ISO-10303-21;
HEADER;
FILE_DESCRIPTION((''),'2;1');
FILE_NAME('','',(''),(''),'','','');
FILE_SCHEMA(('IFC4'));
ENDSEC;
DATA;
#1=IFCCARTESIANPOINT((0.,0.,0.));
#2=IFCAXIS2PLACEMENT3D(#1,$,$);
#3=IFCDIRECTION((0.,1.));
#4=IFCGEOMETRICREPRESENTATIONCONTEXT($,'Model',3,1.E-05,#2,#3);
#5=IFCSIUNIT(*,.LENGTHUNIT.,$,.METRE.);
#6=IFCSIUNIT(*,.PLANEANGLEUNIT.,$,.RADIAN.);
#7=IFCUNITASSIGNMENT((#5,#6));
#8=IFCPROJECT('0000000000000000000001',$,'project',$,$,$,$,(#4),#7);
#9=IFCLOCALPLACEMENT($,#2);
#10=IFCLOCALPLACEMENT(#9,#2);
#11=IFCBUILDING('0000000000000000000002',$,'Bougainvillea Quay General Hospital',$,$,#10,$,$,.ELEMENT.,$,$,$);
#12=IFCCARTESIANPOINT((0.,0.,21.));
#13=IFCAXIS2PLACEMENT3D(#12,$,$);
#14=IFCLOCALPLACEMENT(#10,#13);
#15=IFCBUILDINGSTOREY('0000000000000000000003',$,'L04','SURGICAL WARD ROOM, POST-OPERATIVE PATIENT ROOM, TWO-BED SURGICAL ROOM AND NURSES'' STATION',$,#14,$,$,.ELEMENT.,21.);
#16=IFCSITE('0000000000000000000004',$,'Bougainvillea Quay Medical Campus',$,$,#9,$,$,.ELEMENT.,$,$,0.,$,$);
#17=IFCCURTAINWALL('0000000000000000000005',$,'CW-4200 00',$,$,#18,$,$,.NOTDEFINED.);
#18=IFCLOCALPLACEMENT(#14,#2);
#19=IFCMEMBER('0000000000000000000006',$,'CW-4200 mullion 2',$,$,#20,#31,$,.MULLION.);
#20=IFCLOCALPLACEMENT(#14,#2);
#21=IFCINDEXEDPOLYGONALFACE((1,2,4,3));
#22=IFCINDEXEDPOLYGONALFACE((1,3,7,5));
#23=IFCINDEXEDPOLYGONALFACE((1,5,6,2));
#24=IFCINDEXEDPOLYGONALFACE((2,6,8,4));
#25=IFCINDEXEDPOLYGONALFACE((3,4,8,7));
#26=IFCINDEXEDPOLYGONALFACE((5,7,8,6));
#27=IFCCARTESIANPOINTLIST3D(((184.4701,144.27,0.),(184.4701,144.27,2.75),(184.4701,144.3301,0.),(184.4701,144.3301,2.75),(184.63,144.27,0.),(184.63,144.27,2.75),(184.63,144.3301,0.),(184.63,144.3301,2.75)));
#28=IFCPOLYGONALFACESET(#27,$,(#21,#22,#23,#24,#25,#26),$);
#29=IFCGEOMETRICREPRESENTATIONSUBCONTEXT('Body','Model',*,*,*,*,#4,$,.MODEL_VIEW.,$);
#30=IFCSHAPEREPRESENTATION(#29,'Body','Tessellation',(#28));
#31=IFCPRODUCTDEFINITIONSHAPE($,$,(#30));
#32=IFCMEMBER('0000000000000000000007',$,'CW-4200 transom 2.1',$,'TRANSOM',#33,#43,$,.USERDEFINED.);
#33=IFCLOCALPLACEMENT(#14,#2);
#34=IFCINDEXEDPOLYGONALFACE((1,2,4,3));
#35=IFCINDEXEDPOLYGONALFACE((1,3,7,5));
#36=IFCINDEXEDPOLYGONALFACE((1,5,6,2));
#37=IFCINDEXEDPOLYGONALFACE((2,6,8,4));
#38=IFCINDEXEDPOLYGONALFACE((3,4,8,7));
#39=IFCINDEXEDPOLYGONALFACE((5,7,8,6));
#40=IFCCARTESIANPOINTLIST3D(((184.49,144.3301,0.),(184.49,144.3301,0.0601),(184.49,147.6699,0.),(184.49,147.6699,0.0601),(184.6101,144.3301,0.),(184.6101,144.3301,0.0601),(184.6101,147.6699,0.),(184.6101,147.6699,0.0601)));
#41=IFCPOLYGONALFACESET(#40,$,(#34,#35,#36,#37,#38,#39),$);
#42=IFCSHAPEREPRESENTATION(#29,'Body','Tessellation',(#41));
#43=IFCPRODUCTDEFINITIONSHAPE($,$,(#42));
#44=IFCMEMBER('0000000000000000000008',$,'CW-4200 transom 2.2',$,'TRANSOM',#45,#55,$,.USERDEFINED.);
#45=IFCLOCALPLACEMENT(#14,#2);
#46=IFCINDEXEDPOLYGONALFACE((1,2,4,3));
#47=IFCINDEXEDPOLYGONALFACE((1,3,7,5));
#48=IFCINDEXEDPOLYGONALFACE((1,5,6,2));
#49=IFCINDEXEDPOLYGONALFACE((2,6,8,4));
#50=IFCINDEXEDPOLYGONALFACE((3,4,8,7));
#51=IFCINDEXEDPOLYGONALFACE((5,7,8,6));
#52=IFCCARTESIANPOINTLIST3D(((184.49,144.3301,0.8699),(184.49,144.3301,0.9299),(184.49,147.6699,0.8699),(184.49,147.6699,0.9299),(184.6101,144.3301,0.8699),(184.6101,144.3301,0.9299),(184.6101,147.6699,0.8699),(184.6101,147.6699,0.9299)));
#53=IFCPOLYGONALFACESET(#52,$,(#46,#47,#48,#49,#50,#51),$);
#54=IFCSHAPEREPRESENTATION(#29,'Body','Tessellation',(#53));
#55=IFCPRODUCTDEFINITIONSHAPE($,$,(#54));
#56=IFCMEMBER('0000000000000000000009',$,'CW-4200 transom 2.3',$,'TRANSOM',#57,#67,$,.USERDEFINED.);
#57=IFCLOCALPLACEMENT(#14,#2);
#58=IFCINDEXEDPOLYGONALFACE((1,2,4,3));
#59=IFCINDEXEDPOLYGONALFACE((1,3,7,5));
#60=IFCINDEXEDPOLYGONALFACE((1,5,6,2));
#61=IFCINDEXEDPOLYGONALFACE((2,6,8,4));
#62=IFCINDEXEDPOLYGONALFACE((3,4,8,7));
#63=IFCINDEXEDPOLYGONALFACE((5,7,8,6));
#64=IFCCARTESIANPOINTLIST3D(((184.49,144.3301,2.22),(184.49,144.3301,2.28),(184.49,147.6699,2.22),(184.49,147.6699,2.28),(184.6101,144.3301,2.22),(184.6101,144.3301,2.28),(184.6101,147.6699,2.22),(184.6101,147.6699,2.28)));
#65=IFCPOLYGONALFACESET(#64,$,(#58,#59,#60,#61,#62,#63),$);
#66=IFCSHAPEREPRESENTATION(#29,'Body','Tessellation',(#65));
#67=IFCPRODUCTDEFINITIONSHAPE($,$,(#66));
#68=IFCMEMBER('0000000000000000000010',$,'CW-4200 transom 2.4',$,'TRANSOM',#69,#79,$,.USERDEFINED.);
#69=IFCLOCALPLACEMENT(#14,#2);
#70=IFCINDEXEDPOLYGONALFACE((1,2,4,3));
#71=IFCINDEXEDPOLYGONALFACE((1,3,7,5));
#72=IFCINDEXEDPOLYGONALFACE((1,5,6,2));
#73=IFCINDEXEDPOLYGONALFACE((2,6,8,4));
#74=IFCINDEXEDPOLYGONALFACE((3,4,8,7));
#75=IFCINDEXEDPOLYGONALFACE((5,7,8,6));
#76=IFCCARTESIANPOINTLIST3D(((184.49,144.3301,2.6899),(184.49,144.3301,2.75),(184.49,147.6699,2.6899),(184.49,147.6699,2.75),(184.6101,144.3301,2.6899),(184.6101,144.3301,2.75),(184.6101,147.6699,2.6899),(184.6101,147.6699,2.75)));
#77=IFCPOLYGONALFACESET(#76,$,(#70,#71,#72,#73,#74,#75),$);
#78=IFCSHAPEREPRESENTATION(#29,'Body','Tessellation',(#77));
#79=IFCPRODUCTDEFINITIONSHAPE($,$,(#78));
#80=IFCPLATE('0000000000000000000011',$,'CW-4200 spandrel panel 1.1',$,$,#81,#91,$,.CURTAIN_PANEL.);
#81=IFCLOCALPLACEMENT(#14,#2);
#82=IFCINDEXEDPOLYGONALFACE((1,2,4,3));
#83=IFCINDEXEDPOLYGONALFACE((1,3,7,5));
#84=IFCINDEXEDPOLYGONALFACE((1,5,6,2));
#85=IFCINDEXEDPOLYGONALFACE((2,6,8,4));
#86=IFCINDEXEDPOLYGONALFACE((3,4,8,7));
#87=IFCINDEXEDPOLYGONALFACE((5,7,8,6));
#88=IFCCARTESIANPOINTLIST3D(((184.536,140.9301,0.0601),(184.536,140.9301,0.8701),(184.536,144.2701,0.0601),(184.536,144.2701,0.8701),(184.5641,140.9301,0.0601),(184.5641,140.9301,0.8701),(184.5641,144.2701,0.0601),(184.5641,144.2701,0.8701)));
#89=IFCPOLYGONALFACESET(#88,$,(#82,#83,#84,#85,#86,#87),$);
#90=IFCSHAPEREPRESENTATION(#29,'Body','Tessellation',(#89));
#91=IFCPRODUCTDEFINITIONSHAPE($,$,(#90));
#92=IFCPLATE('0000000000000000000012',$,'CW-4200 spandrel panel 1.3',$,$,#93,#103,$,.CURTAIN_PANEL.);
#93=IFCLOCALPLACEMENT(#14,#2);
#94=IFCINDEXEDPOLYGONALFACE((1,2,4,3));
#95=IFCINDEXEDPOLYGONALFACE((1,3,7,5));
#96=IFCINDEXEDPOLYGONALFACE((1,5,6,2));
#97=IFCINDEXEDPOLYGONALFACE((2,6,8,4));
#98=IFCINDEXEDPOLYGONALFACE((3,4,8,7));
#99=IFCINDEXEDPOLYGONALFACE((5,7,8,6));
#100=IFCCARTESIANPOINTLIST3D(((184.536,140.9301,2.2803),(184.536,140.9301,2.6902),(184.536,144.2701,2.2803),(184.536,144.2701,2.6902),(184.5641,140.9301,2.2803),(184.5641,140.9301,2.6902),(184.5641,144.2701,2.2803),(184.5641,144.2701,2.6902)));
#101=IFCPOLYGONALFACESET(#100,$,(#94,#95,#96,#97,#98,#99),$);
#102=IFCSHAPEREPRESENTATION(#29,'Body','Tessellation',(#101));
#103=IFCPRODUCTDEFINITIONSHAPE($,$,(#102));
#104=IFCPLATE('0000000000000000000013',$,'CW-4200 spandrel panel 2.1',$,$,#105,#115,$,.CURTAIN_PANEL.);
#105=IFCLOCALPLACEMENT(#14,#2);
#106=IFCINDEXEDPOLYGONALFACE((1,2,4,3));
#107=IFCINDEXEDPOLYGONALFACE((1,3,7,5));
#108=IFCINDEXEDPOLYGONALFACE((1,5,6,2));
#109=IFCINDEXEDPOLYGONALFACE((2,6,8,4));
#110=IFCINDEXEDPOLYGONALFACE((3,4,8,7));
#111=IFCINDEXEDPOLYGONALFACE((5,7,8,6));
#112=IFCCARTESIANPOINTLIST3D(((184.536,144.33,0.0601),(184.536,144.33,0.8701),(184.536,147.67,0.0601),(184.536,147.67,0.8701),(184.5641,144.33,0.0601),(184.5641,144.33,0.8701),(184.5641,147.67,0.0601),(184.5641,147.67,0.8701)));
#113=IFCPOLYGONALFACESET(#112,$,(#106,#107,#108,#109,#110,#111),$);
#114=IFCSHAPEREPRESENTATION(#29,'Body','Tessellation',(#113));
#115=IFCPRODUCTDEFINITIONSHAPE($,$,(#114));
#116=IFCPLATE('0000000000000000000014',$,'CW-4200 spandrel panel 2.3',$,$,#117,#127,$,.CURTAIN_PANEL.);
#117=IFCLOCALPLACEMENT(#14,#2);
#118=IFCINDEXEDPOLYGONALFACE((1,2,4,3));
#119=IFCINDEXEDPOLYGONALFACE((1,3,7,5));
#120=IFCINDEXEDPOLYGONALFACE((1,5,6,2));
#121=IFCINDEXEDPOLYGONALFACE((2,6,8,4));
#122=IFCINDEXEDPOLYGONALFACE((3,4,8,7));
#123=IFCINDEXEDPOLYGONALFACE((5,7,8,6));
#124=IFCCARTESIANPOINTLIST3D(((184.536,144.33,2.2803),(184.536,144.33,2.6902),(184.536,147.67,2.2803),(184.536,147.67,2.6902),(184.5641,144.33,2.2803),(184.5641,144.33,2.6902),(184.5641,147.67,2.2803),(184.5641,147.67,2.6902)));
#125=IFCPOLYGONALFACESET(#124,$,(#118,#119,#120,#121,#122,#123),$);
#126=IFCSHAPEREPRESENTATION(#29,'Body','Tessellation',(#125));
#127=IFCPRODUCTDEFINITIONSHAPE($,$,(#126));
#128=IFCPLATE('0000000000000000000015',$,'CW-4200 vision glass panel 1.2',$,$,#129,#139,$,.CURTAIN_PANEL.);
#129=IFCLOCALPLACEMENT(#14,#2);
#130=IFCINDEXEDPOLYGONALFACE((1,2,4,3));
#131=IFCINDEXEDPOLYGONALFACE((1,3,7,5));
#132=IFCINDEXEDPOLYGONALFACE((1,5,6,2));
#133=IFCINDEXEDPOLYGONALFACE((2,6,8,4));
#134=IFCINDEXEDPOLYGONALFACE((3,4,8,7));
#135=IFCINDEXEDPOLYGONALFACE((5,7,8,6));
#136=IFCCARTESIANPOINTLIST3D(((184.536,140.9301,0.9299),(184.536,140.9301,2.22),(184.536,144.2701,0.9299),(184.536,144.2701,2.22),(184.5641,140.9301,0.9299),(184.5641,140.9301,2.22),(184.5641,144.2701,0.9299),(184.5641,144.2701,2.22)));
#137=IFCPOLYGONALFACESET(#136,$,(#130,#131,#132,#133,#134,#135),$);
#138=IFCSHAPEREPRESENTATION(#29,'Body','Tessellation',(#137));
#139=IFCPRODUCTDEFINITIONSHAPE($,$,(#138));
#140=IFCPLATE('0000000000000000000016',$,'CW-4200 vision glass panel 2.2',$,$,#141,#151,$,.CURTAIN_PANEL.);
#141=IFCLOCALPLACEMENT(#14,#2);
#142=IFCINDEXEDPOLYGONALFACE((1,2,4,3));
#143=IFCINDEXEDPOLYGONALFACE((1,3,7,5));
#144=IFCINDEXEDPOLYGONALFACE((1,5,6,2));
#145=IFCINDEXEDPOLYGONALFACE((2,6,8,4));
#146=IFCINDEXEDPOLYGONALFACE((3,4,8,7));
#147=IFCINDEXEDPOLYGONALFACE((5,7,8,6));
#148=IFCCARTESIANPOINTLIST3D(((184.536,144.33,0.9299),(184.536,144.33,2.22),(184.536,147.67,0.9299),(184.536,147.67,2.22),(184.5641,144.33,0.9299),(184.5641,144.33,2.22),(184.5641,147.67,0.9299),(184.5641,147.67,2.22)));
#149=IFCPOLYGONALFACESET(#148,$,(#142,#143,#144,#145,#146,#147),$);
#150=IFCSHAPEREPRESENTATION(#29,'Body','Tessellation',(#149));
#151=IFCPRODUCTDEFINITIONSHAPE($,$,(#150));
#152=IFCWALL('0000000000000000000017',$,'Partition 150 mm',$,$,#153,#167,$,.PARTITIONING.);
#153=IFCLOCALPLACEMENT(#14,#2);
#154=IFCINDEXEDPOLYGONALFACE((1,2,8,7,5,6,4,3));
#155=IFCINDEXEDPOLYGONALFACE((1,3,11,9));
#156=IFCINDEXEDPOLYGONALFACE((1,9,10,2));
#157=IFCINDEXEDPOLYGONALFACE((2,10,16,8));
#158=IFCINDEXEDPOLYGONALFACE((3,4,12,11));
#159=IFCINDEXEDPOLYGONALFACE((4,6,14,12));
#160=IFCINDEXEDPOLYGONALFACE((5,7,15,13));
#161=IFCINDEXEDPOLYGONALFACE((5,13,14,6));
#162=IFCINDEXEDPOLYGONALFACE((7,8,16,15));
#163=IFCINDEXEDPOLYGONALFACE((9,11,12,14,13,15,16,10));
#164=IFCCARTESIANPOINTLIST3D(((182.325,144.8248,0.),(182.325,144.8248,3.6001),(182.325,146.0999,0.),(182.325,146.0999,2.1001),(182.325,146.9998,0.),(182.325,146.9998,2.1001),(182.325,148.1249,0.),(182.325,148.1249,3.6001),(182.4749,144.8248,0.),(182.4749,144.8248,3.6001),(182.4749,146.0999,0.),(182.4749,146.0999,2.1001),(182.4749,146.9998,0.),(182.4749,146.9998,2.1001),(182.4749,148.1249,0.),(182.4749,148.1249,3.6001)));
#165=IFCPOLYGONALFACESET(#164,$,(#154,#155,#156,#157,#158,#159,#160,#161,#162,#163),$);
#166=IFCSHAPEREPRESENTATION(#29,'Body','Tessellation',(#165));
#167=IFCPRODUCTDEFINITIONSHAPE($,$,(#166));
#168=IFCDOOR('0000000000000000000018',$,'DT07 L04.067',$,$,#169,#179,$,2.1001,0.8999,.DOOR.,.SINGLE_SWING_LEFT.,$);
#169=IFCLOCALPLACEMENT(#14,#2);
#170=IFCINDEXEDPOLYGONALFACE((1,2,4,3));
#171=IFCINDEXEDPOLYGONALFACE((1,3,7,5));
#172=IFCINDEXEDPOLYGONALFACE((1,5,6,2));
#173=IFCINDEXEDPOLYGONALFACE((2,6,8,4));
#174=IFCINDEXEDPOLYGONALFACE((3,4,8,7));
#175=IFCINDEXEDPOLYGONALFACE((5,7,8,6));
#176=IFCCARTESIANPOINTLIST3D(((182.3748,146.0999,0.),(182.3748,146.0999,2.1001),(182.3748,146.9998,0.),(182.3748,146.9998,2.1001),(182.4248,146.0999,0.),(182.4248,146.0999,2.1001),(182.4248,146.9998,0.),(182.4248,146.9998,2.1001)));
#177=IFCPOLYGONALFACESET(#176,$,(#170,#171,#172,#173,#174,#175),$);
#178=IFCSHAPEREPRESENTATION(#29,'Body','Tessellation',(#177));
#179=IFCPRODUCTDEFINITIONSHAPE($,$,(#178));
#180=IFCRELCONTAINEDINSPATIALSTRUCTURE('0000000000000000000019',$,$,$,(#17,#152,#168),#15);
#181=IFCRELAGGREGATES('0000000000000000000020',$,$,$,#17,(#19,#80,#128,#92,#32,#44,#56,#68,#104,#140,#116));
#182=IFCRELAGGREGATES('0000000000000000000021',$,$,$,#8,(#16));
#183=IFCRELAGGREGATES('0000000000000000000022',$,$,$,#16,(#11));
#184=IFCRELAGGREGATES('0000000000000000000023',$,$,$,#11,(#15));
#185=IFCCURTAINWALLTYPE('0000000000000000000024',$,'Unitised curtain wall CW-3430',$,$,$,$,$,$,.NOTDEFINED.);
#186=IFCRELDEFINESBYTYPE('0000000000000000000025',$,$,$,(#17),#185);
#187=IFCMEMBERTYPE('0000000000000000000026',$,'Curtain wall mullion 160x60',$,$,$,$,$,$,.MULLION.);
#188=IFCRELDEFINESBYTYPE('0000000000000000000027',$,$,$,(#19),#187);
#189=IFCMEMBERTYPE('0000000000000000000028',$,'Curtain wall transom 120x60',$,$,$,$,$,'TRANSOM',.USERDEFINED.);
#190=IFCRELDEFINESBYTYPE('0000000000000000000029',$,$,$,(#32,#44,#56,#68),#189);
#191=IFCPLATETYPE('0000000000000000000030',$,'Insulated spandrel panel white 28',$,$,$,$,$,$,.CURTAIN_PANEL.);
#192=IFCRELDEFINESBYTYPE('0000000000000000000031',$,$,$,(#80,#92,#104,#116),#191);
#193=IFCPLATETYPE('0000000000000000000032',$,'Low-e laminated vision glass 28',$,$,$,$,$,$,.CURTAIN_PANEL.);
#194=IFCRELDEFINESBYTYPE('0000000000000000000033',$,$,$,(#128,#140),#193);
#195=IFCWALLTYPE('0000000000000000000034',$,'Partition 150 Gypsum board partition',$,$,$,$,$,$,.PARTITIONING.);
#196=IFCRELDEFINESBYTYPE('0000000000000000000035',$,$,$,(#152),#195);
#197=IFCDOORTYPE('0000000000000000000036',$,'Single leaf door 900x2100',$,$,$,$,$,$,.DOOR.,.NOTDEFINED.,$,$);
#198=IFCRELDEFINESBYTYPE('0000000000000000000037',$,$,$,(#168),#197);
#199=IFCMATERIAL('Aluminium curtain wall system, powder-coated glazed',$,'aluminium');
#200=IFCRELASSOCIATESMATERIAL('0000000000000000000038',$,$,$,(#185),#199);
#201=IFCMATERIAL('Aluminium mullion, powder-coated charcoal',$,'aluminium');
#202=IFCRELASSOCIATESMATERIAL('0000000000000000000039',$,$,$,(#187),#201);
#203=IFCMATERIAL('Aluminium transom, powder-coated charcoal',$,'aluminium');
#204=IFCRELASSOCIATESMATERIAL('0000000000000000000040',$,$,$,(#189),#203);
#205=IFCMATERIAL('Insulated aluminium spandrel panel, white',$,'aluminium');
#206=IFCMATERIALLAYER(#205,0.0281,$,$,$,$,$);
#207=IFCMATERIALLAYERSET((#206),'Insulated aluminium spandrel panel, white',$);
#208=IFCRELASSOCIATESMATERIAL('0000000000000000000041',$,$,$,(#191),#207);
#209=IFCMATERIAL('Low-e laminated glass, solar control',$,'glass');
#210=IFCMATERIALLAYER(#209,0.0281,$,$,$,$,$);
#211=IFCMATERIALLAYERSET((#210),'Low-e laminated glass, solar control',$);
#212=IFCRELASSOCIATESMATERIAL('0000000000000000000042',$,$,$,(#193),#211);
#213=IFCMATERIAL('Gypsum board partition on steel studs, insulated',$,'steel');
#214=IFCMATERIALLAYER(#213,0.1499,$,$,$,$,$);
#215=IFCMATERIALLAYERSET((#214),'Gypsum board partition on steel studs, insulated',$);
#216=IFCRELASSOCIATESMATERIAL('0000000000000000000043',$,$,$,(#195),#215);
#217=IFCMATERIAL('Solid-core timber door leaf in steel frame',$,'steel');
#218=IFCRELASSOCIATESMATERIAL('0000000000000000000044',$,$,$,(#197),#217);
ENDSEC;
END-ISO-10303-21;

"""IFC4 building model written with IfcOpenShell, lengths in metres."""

from ifc_helpers import new_model, si_unit, direction, frame, frame_2d, origin, origin_2d, place, context, subcontext, project, spatial, rectangle, extrude, material, layer, layer_set, material_profile, profile_set, type_object, element, fill, aggregate, save


model = new_model("IFC4")

# Units and contexts
model_context = context("Model", 3, precision=1e-05, world=origin(), true_north=direction((0.0, 1.0)))
body_context = subcontext(model_context, "Body", "Model", "MODEL_VIEW")
ifc_project = project(units=[si_unit("LENGTHUNIT", "METRE"), si_unit("PLANEANGLEUNIT", "RADIAN")], contexts=[model_context])

# Site, building, storey
site_placement = place(None, origin())
site = spatial("IfcSite", under=ifc_project, at=site_placement, Name="Bougainvillea Quay Medical Campus", CompositionType="ELEMENT", RefElevation=0.0)
building_placement = place(site_placement, origin())
building = spatial("IfcBuilding", under=site, at=building_placement, Name="Bougainvillea Quay General Hospital", CompositionType="ELEMENT")
storey_placement = place(building_placement, frame((0.0, 0.0, 21.0)))
storey = spatial("IfcBuildingStorey", under=building, at=storey_placement, Name="L04", Description="SURGICAL WARD ROOM, POST-OPERATIVE PATIENT ROOM, TWO-BED SURGICAL ROOM AND NURSES' STATION", CompositionType="ELEMENT", Elevation=21.0)

# Curtain wall, members, plates
ifc_material_1 = material(Name="Aluminium curtain wall system, powder-coated glazed", Category="aluminium")
curtain_wall_type = type_object("IfcCurtainWallType", Name="Unitised curtain wall CW-3430", PredefinedType="NOTDEFINED", material=ifc_material_1)
curtain_wall_placement = place(storey_placement, origin())
curtain_wall = element("IfcCurtainWall", 1, at=curtain_wall_placement, inside=storey, type_object=curtain_wall_type, Name="CW-4200 00", PredefinedType="NOTDEFINED")
ifc_material_2 = material(Name="Aluminium mullion, powder-coated charcoal", Category="aluminium")
ifc_material_profile_1 = material_profile(ifc_material_2, rectangle(XDim=0.1599, YDim=0.0601, at=origin_2d()))
ifc_profile_set_1 = profile_set([ifc_material_profile_1], Name="Aluminium mullion, powder-coated charcoal")
member_type_1 = type_object("IfcMemberType", Name="Curtain wall mullion 160x60", PredefinedType="MULLION", material=ifc_profile_set_1)
member_1_placement = place(storey_placement, frame((184.55, 144.3, 0.0), z_axis=(0.0, 0.0, 1.0), x_axis=(-1.0, 0.0, 0.0)))
member_1 = element("IfcMember", 2, at=member_1_placement, type_object=member_type_1, Name="CW-4200 mullion 2", PredefinedType="MULLION", context=body_context, shape_type="SweptSolid", body=[
    extrude(rectangle(XDim=0.1599, YDim=0.0601, at=origin_2d()), origin(), (0.0, 0.0, 1.0), 2.75),
])
ifc_material_3 = material(Name="Aluminium transom, powder-coated charcoal", Category="aluminium")
ifc_material_profile_2 = material_profile(ifc_material_3, rectangle(XDim=0.1201, YDim=0.0601, at=origin_2d()))
ifc_profile_set_2 = profile_set([ifc_material_profile_2], Name="Aluminium transom, powder-coated charcoal")
member_type_2 = type_object("IfcMemberType", Name="Curtain wall transom 120x60", ElementType="TRANSOM", PredefinedType="USERDEFINED", material=ifc_profile_set_2)
member_2_placement = place(storey_placement, frame((184.55, 144.3301, 0.03), z_axis=(0.0, 1.0, 0.0), x_axis=(-1.0, 0.0, 0.0)))
member_2 = element("IfcMember", 3, at=member_2_placement, type_object=member_type_2, Name="CW-4200 transom 2.1", ObjectType="TRANSOM", PredefinedType="USERDEFINED", context=body_context, shape_type="SweptSolid", body=[
    extrude(rectangle(XDim=0.1201, YDim=0.0601, at=origin_2d()), origin(), (0.0, 0.0, 1.0), 3.3398),
])
member_3_placement = place(storey_placement, frame((184.55, 144.3301, 0.8999), z_axis=(0.0, 1.0, 0.0), x_axis=(-1.0, 0.0, 0.0)))
member_3 = element("IfcMember", 4, at=member_3_placement, type_object=member_type_2, Name="CW-4200 transom 2.2", ObjectType="TRANSOM", PredefinedType="USERDEFINED", context=body_context, shape_type="SweptSolid", body=[
    extrude(rectangle(XDim=0.1201, YDim=0.0601, at=origin_2d()), origin(), (0.0, 0.0, 1.0), 3.3398),
])
member_4_placement = place(storey_placement, frame((184.55, 144.3301, 2.25), z_axis=(0.0, 1.0, 0.0), x_axis=(-1.0, 0.0, 0.0)))
member_4 = element("IfcMember", 5, at=member_4_placement, type_object=member_type_2, Name="CW-4200 transom 2.3", ObjectType="TRANSOM", PredefinedType="USERDEFINED", context=body_context, shape_type="SweptSolid", body=[
    extrude(rectangle(XDim=0.1201, YDim=0.0601, at=origin_2d()), origin(), (0.0, 0.0, 1.0), 3.3398),
])
member_5_placement = place(storey_placement, frame((184.55, 144.3301, 2.72), z_axis=(0.0, 1.0, 0.0), x_axis=(-1.0, 0.0, 0.0)))
member_5 = element("IfcMember", 6, at=member_5_placement, type_object=member_type_2, Name="CW-4200 transom 2.4", ObjectType="TRANSOM", PredefinedType="USERDEFINED", context=body_context, shape_type="SweptSolid", body=[
    extrude(rectangle(XDim=0.1201, YDim=0.0601, at=origin_2d()), origin(), (0.0, 0.0, 1.0), 3.3398),
])
ifc_material_4 = material(Name="Insulated aluminium spandrel panel, white", Category="aluminium")
ifc_layer_1 = layer(ifc_material_4, 0.0281)
ifc_layer_set_1 = layer_set([ifc_layer_1], Name="Insulated aluminium spandrel panel, white")
plate_type_1 = type_object("IfcPlateType", Name="Insulated spandrel panel white 28", PredefinedType="CURTAIN_PANEL", material=ifc_layer_set_1)
plate_1_placement = place(storey_placement, frame((184.55, 142.6001, 0.0601), z_axis=(0.0, 0.0, 1.0), x_axis=(0.0, 1.0, 0.0)))
plate_1 = element("IfcPlate", 7, at=plate_1_placement, type_object=plate_type_1, Name="CW-4200 spandrel panel 1.1", PredefinedType="CURTAIN_PANEL", context=body_context, shape_type="SweptSolid", body=[
    extrude(rectangle(XDim=3.3401, YDim=0.0281, at=origin_2d()), origin(), (0.0, 0.0, 1.0), 0.8101),
])
plate_2_placement = place(storey_placement, frame((184.55, 142.6001, 2.2803), z_axis=(0.0, 0.0, 1.0), x_axis=(0.0, 1.0, 0.0)))
plate_2 = element("IfcPlate", 8, at=plate_2_placement, type_object=plate_type_1, Name="CW-4200 spandrel panel 1.3", PredefinedType="CURTAIN_PANEL", context=body_context, shape_type="SweptSolid", body=[
    extrude(rectangle(XDim=3.3401, YDim=0.0281, at=origin_2d()), origin(), (0.0, 0.0, 1.0), 0.4099),
])
plate_3_placement = place(storey_placement, frame((184.55, 146.0, 0.0601), z_axis=(0.0, 0.0, 1.0), x_axis=(0.0, 1.0, 0.0)))
plate_3 = element("IfcPlate", 9, at=plate_3_placement, type_object=plate_type_1, Name="CW-4200 spandrel panel 2.1", PredefinedType="CURTAIN_PANEL", context=body_context, shape_type="SweptSolid", body=[
    extrude(rectangle(XDim=3.3401, YDim=0.0281, at=origin_2d()), origin(), (0.0, 0.0, 1.0), 0.8101),
])
plate_4_placement = place(storey_placement, frame((184.55, 146.0, 2.2803), z_axis=(0.0, 0.0, 1.0), x_axis=(0.0, 1.0, 0.0)))
plate_4 = element("IfcPlate", 10, at=plate_4_placement, type_object=plate_type_1, Name="CW-4200 spandrel panel 2.3", PredefinedType="CURTAIN_PANEL", context=body_context, shape_type="SweptSolid", body=[
    extrude(rectangle(XDim=3.3401, YDim=0.0281, at=origin_2d()), origin(), (0.0, 0.0, 1.0), 0.4099),
])
ifc_material_5 = material(Name="Low-e laminated glass, solar control", Category="glass")
ifc_layer_2 = layer(ifc_material_5, 0.0281)
ifc_layer_set_2 = layer_set([ifc_layer_2], Name="Low-e laminated glass, solar control")
plate_type_2 = type_object("IfcPlateType", Name="Low-e laminated vision glass 28", PredefinedType="CURTAIN_PANEL", material=ifc_layer_set_2)
plate_5_placement = place(storey_placement, frame((184.55, 142.6001, 0.9299), z_axis=(0.0, 0.0, 1.0), x_axis=(0.0, 1.0, 0.0)))
plate_5 = element("IfcPlate", 11, at=plate_5_placement, type_object=plate_type_2, Name="CW-4200 vision glass panel 1.2", PredefinedType="CURTAIN_PANEL", context=body_context, shape_type="SweptSolid", body=[
    extrude(rectangle(XDim=3.3401, YDim=0.0281, at=origin_2d()), origin(), (0.0, 0.0, 1.0), 1.29),
])
plate_6_placement = place(storey_placement, frame((184.55, 146.0, 0.9299), z_axis=(0.0, 0.0, 1.0), x_axis=(0.0, 1.0, 0.0)))
plate_6 = element("IfcPlate", 12, at=plate_6_placement, type_object=plate_type_2, Name="CW-4200 vision glass panel 2.2", PredefinedType="CURTAIN_PANEL", context=body_context, shape_type="SweptSolid", body=[
    extrude(rectangle(XDim=3.3401, YDim=0.0281, at=origin_2d()), origin(), (0.0, 0.0, 1.0), 1.29),
])
aggregate(curtain_wall, [member_1, plate_1, plate_5, plate_2, member_2, member_3, member_4, member_5, plate_3, plate_6, plate_4])

# Wall, opening, door
ifc_material_6 = material(Name="Gypsum board partition on steel studs, insulated", Category="steel")
ifc_layer_3 = layer(ifc_material_6, 0.1499)
ifc_layer_set_3 = layer_set([ifc_layer_3], Name="Gypsum board partition on steel studs, insulated")
wall_type = type_object("IfcWallType", Name="Partition 150 Gypsum board partition", PredefinedType="PARTITIONING", material=ifc_layer_set_3)
wall_1_placement = place(storey_placement, frame((182.3999, 144.825, 0.0), z_axis=(0.0, 0.0, 1.0), x_axis=(0.0, 1.0, 0.0)))
wall_1 = element("IfcWall", 13, at=wall_1_placement, inside=storey, type_object=wall_type, Name="Partition 150 mm", PredefinedType="PARTITIONING", context=body_context, shape_type="SweptSolid", body=[
    extrude(rectangle(XDim=3.3, YDim=0.1499, at=frame_2d((1.6499, 0.0))), origin(), (0.0, 0.0, 1.0), 3.6001),
])
opening_placement = place(wall_1_placement, frame((1.2749, 0.0, 0.0)))
opening = element("IfcOpeningElement", 14, at=opening_placement, cuts=wall_1, PredefinedType="OPENING", context=body_context, shape_type="SweptSolid", body=[
    extrude(rectangle(XDim=0.8999, YDim=2.1001, at=frame_2d((0.45, 1.05))), frame((0.0, 0.085, 0.0), z_axis=(0.0, -1.0, 0.0), x_axis=(1.0, 0.0, 0.0)), (0.0, 0.0, 1.0), 0.1699),
])
ifc_material_7 = material(Name="Solid-core timber door leaf in steel frame", Category="steel")
door_type = type_object("IfcDoorType", Name="Single leaf door 900x2100", OperationType="NOTDEFINED", PredefinedType="DOOR", material=ifc_material_7)
door_placement = place(opening_placement, frame((0.8999, 0.0, 0.0), z_axis=(0.0, 0.0, 1.0), x_axis=(-1.0, 0.0, 0.0)))
door = element("IfcDoor", 15, at=door_placement, inside=storey, type_object=door_type, Name="DT07 L04.067", OperationType="SINGLE_SWING_LEFT", OverallHeight=2.1001, OverallWidth=0.8999, PredefinedType="DOOR", context=body_context, shape_type="SweptSolid", body=[
    extrude(rectangle(XDim=0.8999, YDim=2.1001, at=frame_2d((0.45, 1.05))), frame((0.0, 0.0249, 0.0), z_axis=(0.0, -1.0, 0.0), x_axis=(1.0, 0.0, 0.0)), (0.0, 0.0, 1.0), 0.05),
])
fill(opening, door)

save(model, "model.ifc")
